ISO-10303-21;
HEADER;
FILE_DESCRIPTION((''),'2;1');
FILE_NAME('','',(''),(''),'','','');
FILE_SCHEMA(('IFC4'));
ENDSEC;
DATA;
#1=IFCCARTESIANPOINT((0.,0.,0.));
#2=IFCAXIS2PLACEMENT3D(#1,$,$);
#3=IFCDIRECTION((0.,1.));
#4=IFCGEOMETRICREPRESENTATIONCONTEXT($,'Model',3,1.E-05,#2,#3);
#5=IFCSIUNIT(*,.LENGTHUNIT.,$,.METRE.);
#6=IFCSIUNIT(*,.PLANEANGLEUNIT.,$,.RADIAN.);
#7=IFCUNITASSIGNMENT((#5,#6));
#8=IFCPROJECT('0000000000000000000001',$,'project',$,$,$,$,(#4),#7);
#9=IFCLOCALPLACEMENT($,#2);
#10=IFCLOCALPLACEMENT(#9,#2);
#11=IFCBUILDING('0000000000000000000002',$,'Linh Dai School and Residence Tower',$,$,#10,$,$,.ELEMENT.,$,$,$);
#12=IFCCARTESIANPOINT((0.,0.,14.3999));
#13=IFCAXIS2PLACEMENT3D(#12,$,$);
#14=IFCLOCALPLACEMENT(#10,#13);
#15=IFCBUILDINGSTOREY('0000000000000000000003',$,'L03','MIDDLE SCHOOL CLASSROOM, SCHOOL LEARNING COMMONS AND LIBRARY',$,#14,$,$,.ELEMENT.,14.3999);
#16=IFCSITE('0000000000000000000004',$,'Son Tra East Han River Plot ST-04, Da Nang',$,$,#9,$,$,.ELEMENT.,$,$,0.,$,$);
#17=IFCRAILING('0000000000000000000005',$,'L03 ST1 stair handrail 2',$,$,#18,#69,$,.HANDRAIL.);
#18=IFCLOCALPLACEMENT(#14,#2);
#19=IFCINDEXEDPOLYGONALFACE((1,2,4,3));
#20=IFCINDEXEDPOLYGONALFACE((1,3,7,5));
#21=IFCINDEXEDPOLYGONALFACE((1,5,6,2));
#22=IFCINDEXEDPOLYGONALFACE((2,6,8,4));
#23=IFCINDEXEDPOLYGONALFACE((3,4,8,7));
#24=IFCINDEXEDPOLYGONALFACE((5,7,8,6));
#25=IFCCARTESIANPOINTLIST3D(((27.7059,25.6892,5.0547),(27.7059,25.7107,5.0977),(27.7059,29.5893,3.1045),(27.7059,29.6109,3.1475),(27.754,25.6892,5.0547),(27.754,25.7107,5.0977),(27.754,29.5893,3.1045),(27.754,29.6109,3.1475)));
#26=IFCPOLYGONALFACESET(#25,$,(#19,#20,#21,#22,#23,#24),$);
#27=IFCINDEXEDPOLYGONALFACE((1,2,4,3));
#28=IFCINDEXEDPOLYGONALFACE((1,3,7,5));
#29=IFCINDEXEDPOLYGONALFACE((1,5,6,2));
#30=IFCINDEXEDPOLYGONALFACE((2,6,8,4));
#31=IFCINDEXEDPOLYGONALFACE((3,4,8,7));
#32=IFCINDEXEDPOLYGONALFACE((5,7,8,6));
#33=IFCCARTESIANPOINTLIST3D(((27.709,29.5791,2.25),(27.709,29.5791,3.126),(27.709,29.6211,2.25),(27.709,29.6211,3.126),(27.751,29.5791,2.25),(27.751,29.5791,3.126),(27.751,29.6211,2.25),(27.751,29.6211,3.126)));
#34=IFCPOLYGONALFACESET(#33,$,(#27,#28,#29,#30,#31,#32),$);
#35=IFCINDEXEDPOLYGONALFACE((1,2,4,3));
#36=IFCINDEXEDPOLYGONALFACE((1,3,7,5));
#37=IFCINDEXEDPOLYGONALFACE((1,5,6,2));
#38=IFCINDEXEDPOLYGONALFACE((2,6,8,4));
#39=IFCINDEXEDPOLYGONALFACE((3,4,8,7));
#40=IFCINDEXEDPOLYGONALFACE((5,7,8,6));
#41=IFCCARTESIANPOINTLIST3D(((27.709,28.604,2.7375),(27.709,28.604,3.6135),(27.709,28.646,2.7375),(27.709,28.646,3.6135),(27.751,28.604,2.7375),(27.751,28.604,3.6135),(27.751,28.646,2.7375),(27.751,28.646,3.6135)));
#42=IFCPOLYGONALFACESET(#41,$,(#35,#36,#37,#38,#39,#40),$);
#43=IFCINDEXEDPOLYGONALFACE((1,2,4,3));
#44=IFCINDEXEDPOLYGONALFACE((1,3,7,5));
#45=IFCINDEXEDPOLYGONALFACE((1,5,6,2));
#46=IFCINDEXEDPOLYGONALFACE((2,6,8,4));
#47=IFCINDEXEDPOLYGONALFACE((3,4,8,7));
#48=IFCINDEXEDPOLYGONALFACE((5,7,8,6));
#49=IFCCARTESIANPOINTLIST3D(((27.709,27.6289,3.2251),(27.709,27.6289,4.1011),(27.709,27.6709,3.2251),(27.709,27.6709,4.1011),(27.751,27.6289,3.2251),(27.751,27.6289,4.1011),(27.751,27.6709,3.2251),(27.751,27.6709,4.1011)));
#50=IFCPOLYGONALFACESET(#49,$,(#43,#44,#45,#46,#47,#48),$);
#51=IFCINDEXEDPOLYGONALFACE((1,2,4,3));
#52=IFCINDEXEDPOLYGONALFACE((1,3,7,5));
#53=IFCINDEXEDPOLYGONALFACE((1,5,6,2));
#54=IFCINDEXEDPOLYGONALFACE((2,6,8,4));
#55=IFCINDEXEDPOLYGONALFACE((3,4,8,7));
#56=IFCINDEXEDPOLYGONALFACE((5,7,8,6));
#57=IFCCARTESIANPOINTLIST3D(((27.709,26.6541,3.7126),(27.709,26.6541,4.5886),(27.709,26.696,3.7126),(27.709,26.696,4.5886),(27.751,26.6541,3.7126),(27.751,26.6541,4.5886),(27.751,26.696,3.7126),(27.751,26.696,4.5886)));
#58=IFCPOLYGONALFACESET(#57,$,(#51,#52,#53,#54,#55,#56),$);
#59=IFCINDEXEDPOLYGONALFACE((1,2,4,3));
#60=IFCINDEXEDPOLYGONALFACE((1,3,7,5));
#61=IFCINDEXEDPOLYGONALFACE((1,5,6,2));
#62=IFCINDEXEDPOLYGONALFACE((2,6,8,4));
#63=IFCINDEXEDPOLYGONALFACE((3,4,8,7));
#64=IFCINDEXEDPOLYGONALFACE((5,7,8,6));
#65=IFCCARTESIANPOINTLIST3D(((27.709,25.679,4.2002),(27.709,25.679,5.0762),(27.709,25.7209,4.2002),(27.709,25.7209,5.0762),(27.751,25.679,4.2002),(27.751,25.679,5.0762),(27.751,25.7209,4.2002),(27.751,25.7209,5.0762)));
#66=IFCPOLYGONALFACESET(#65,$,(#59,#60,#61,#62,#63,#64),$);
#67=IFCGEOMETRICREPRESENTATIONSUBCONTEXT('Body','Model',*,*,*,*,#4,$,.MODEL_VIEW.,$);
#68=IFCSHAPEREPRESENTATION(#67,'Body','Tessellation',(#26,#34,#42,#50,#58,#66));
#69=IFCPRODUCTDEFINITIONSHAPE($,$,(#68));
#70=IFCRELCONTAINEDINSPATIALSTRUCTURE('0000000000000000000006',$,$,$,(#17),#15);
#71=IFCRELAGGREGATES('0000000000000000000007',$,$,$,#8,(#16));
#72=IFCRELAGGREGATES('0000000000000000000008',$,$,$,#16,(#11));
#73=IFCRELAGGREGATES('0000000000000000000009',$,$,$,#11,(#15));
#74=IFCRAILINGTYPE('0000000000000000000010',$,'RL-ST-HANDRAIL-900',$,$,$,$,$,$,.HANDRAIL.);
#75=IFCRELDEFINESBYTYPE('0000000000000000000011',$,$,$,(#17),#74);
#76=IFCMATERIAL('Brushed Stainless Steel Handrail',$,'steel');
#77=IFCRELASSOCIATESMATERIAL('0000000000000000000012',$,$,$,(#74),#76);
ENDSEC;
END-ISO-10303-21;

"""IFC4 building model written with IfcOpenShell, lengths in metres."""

from ifc_helpers import new_model, si_unit, direction, frame, origin, origin_2d, place, context, subcontext, project, spatial, rectangle, extrude, source, transform, mapped, material, type_object, element, save


model = new_model("IFC4")

# Units and contexts
model_context = context("Model", 3, precision=1e-05, world=origin(), true_north=direction((0.0, 1.0)))
body_context = subcontext(model_context, "Body", "Model", "MODEL_VIEW")
ifc_project = project(units=[si_unit("LENGTHUNIT", "METRE"), si_unit("PLANEANGLEUNIT", "RADIAN")], contexts=[model_context])

# Site, building, storey
site_placement = place(None, origin())
site = spatial("IfcSite", under=ifc_project, at=site_placement, Name="Son Tra East Han River Plot ST-04, Da Nang", CompositionType="ELEMENT", RefElevation=0.0)
building_placement = place(site_placement, origin())
building = spatial("IfcBuilding", under=site, at=building_placement, Name="Linh Dai School and Residence Tower", CompositionType="ELEMENT")
storey_placement = place(building_placement, frame((0.0, 0.0, 14.3999)))
storey = spatial("IfcBuildingStorey", under=building, at=storey_placement, Name="L03", Description="MIDDLE SCHOOL CLASSROOM, SCHOOL LEARNING COMMONS AND LIBRARY", CompositionType="ELEMENT", Elevation=14.3999)

# Railing
ifc_material_1 = material(Name="Brushed Stainless Steel Handrail", Category="steel")
railing_type_1 = type_object("IfcRailingType", Name="RL-ST-HANDRAIL-900", PredefinedType="HANDRAIL", material=ifc_material_1)
shared_shape_1 = source(origin(), body_context, "Body", "SweptSolid", [
    extrude(rectangle(XDim=0.0481, YDim=0.0481, at=origin_2d()), frame((0.0, 0.0, 0.876), z_axis=(0.0, -0.894416, 0.447236), x_axis=(1.0, 0.0, 0.0)), (0.0, 0.0, 1.0), 4.3606),
    extrude(rectangle(XDim=0.042, YDim=0.042, at=origin_2d()), origin(), (0.0, 0.0, 1.0), 0.876),
    extrude(rectangle(XDim=0.042, YDim=0.042, at=origin_2d()), frame((0.0, -0.9751, 0.4875)), (0.0, 0.0, 1.0), 0.876),
    extrude(rectangle(XDim=0.042, YDim=0.042, at=origin_2d()), frame((0.0, -1.9502, 0.9751)), (0.0, 0.0, 1.0), 0.876),
    extrude(rectangle(XDim=0.042, YDim=0.042, at=origin_2d()), frame((0.0, -2.925, 1.4626)), (0.0, 0.0, 1.0), 0.876),
    extrude(rectangle(XDim=0.042, YDim=0.042, at=origin_2d()), frame((0.0, -3.9001, 1.9502)), (0.0, 0.0, 1.0), 0.876),
])
railing_1_placement = place(storey_placement, frame((27.73, 29.6001, 2.25)))
element("IfcRailing", 1, at=railing_1_placement, inside=storey, type_object=railing_type_1, Name="L03 ST1 stair handrail 2", PredefinedType="HANDRAIL", context=body_context, shape_type="MappedRepresentation", body=[
    mapped(shared_shape_1, transform((0.0, 0.0, 0.0), x_axis=(1.0, 0.0, 0.0), y_axis=(0.0, 1.0, 0.0), z_axis=(0.0, 0.0, 1.0), scale=1.0)),
])

save(model, "model.ifc")
